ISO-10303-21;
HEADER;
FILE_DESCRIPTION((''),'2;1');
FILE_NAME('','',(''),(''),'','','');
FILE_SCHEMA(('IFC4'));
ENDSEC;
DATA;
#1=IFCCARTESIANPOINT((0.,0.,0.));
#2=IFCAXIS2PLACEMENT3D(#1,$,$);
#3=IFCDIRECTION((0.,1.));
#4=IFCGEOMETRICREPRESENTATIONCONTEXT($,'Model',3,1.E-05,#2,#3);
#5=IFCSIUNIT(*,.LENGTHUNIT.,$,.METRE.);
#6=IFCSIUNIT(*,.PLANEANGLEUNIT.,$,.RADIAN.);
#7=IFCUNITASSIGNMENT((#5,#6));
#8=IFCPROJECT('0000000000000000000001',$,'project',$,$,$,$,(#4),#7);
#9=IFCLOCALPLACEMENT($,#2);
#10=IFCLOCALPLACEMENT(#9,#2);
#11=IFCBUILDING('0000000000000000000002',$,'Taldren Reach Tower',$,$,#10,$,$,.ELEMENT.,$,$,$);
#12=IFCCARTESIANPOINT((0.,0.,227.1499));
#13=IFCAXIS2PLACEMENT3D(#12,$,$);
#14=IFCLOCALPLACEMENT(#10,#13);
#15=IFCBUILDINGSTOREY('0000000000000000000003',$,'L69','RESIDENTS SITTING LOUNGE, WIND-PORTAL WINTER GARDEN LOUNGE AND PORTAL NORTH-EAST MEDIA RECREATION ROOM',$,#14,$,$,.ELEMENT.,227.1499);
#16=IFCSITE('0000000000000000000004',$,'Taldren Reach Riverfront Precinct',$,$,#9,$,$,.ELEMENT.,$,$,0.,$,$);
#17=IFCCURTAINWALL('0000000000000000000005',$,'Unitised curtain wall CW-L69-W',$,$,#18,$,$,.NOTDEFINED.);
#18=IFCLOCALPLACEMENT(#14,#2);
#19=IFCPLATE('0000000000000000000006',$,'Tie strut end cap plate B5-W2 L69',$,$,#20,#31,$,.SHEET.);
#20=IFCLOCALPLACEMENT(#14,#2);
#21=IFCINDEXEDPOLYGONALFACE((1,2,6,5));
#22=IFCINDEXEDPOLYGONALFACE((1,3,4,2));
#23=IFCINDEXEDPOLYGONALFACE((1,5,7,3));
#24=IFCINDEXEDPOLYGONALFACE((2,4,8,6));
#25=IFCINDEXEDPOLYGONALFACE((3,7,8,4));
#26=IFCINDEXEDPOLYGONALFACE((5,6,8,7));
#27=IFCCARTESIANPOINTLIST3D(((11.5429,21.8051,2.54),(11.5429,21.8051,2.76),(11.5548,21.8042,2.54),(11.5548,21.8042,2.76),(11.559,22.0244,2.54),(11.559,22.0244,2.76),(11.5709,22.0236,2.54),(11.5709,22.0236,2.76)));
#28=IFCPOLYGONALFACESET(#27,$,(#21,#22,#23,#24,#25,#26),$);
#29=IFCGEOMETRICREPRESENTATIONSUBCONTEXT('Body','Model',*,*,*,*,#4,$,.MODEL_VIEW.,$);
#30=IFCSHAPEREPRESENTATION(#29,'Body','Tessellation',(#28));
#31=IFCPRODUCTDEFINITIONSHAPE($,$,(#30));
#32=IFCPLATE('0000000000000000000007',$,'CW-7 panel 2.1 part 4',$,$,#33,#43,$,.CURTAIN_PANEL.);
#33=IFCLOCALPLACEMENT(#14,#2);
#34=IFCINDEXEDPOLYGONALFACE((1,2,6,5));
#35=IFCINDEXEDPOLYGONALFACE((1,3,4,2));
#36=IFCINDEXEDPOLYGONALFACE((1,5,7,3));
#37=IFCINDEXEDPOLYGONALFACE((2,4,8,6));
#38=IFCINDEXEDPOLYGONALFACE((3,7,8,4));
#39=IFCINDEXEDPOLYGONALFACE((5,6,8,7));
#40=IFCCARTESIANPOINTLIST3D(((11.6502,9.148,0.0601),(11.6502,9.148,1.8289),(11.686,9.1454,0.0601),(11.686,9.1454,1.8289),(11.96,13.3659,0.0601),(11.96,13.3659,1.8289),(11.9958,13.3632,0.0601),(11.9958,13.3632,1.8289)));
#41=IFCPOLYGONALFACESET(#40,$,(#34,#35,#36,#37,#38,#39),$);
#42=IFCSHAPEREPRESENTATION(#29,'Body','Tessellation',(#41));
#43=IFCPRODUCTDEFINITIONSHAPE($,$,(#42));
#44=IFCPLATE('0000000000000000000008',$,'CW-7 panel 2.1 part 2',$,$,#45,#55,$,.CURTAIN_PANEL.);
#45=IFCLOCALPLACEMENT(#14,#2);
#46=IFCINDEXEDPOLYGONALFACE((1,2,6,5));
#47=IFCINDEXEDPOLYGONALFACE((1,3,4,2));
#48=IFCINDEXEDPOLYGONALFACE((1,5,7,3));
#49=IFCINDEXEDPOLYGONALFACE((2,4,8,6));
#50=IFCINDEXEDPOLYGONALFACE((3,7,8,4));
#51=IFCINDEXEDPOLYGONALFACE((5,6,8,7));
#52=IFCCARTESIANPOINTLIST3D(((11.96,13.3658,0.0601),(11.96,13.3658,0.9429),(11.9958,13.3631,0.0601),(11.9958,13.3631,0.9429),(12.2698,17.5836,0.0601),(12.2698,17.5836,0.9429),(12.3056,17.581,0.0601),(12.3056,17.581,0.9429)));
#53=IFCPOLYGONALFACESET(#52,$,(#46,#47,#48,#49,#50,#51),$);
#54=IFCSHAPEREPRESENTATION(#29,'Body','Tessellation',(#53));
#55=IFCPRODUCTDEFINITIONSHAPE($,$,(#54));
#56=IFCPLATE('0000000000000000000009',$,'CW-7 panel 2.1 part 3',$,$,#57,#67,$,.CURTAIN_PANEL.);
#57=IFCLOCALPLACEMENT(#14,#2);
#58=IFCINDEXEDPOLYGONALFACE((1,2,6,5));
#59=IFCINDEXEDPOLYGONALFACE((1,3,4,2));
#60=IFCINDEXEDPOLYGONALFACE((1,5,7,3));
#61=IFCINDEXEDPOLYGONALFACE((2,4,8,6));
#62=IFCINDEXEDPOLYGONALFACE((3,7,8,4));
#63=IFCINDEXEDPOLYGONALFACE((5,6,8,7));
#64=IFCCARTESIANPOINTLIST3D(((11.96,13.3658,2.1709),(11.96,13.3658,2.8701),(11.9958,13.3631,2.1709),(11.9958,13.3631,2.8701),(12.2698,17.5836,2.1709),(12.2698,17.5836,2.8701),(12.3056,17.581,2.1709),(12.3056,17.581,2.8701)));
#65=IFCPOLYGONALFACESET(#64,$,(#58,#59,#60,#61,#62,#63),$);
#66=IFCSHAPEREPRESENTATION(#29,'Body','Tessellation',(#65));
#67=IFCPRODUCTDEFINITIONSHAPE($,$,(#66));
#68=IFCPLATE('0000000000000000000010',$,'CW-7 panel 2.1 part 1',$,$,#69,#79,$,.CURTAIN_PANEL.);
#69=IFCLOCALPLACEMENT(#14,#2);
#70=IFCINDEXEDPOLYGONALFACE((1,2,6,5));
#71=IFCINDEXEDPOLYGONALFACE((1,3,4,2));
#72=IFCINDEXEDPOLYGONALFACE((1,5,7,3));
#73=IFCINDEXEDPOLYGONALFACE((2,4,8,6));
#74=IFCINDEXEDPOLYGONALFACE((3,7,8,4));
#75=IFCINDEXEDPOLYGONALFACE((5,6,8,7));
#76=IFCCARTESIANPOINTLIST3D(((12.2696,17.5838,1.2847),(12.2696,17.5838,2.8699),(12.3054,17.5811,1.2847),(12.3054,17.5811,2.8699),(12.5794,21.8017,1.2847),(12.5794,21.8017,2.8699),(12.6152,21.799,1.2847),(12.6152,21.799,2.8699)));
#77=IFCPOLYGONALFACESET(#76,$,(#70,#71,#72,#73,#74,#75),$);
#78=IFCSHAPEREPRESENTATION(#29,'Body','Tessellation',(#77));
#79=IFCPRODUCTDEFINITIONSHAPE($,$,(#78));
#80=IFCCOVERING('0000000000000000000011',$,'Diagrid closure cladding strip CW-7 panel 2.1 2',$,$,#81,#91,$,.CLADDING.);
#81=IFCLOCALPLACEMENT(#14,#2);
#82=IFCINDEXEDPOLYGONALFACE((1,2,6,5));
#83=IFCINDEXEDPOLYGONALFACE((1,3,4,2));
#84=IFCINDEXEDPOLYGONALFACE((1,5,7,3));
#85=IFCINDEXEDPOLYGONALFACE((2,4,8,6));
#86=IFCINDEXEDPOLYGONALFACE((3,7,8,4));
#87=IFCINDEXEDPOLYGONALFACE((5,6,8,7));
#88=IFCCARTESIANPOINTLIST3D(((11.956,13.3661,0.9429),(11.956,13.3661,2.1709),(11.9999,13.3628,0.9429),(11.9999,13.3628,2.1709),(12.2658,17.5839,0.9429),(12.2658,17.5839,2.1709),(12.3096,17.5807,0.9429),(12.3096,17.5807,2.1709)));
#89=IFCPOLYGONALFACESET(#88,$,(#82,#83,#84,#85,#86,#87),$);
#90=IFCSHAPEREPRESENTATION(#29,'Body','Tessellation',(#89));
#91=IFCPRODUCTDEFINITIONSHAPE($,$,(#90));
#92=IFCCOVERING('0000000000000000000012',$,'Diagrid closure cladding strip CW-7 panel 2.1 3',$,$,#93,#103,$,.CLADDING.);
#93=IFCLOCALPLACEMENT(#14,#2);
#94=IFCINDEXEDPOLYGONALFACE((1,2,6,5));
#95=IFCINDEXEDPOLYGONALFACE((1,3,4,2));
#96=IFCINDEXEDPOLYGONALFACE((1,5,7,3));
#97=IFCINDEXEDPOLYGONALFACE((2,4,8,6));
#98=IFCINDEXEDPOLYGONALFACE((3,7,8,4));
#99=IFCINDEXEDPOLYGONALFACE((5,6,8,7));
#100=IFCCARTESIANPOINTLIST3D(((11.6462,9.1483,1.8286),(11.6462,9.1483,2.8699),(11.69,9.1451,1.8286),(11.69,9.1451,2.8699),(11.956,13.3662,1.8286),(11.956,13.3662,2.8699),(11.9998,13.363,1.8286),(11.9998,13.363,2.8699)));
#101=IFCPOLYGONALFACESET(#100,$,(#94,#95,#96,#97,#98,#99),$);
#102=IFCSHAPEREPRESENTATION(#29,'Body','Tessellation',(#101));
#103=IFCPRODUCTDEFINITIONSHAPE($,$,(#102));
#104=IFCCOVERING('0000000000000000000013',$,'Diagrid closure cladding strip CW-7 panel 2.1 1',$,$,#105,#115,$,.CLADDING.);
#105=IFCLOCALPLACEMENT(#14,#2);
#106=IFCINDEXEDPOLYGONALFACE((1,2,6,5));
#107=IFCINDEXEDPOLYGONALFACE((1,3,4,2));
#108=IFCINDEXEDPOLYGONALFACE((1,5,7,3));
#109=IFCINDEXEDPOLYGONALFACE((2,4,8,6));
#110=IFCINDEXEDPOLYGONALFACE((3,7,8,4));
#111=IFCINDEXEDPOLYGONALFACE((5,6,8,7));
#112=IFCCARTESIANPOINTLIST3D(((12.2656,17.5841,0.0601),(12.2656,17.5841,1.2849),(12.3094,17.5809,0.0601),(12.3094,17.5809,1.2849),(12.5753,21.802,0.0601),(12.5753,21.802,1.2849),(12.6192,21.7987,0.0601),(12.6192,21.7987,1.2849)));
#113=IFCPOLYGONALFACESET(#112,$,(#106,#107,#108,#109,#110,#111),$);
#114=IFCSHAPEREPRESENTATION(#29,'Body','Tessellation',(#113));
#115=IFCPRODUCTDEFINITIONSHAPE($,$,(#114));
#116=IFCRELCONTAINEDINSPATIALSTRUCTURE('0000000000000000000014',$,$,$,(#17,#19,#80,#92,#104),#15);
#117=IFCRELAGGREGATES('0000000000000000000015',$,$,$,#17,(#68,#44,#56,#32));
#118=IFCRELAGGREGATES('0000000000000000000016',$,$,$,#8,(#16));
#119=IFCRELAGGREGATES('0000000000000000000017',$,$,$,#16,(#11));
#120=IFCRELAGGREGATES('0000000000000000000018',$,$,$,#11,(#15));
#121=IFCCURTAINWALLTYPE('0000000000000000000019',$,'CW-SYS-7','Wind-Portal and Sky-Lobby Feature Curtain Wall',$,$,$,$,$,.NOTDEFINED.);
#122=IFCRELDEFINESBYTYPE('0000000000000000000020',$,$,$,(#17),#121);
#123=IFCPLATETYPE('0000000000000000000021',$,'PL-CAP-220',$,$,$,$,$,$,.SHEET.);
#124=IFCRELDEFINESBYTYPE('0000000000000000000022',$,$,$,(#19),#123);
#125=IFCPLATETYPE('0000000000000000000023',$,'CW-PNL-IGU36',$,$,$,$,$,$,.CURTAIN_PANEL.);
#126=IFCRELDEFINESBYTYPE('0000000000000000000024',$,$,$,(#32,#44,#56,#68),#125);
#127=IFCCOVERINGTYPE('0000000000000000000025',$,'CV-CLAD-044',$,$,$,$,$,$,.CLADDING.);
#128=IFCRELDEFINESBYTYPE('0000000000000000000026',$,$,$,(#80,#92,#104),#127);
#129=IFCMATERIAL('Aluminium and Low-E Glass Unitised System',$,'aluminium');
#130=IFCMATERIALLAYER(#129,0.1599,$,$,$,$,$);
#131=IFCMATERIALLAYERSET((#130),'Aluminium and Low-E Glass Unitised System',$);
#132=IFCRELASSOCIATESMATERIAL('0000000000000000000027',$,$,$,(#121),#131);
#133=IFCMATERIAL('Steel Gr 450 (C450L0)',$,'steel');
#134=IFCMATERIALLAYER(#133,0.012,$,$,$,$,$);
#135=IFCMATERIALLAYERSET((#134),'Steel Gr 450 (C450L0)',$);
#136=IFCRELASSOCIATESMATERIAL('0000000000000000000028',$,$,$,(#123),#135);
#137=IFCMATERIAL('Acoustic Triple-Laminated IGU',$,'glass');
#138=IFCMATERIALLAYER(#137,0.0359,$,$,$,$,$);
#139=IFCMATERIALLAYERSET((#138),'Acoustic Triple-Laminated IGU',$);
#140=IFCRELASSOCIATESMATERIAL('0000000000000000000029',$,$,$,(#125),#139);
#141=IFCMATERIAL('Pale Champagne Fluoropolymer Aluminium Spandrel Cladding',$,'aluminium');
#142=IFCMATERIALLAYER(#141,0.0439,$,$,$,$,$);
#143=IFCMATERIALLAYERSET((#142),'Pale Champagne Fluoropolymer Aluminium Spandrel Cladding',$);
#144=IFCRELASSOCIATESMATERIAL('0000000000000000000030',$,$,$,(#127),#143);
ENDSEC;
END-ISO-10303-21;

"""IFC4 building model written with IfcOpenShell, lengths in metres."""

from ifc_helpers import new_model, si_unit, direction, frame, origin, origin_2d, place, context, subcontext, project, spatial, rectangle, extrude, source, transform, mapped, material, layer, layer_set, type_object, element, aggregate, save


model = new_model("IFC4")

# Units and contexts
model_context = context("Model", 3, precision=1e-05, world=origin(), true_north=direction((0.0, 1.0)))
body_context = subcontext(model_context, "Body", "Model", "MODEL_VIEW")
ifc_project = project(units=[si_unit("LENGTHUNIT", "METRE"), si_unit("PLANEANGLEUNIT", "RADIAN")], contexts=[model_context])

# Site, building, storey
site_placement = place(None, origin())
site = spatial("IfcSite", under=ifc_project, at=site_placement, Name="Taldren Reach Riverfront Precinct", CompositionType="ELEMENT", RefElevation=0.0)
building_placement = place(site_placement, origin())
building = spatial("IfcBuilding", under=site, at=building_placement, Name="Taldren Reach Tower", CompositionType="ELEMENT")
storey_placement = place(building_placement, frame((0.0, 0.0, 227.1499)))
storey = spatial("IfcBuildingStorey", under=building, at=storey_placement, Name="L69", Description="RESIDENTS SITTING LOUNGE, WIND-PORTAL WINTER GARDEN LOUNGE AND PORTAL NORTH-EAST MEDIA RECREATION ROOM", CompositionType="ELEMENT", Elevation=227.1499)

# Shared definitions
ifc_material_1 = material(Name="Steel Gr 450 (C450L0)", Category="steel")

# Curtain wall
ifc_material_2 = material(Name="Aluminium and Low-E Glass Unitised System", Category="aluminium")
ifc_layer_1 = layer(ifc_material_2, 0.1599)
ifc_layer_set_1 = layer_set([ifc_layer_1], Name="Aluminium and Low-E Glass Unitised System")
curtain_wall_type = type_object("IfcCurtainWallType", Name="CW-SYS-7", Description="Wind-Portal and Sky-Lobby Feature Curtain Wall", PredefinedType="NOTDEFINED", material=ifc_layer_set_1)
curtain_wall_placement = place(storey_placement, origin())
curtain_wall = element("IfcCurtainWall", 1, at=curtain_wall_placement, inside=storey, type_object=curtain_wall_type, Name="Unitised curtain wall CW-L69-W", PredefinedType="NOTDEFINED")

# Plate
ifc_layer_2 = layer(ifc_material_1, 0.012)
ifc_layer_set_2 = layer_set([ifc_layer_2], Name="Steel Gr 450 (C450L0)")
plate_type_1 = type_object("IfcPlateType", Name="PL-CAP-220", PredefinedType="SHEET", material=ifc_layer_set_2)
shared_shape_1 = source(origin(), body_context, "Body", "SweptSolid", [
    extrude(rectangle(XDim=0.012, YDim=0.22, at=origin_2d()), origin(), (0.0, 0.0, 1.0), 0.22),
])
plate_1_placement = place(storey_placement, frame((11.5569, 21.9143, 2.54), z_axis=(0.0, 0.0, 1.0), x_axis=(0.997314, -0.073238, 0.0)))
element("IfcPlate", 2, at=plate_1_placement, inside=storey, type_object=plate_type_1, Name="Tie strut end cap plate B5-W2 L69", PredefinedType="SHEET", context=body_context, shape_type="MappedRepresentation", body=[
    mapped(shared_shape_1, transform((0.0, 0.0, 0.0), scale=1.0)),
])

# Plates
ifc_material_3 = material(Name="Acoustic Triple-Laminated IGU", Category="glass")
ifc_layer_3 = layer(ifc_material_3, 0.0359)
ifc_layer_set_3 = layer_set([ifc_layer_3], Name="Acoustic Triple-Laminated IGU")
plate_type_2 = type_object("IfcPlateType", Name="CW-PNL-IGU36", PredefinedType="CURTAIN_PANEL", material=ifc_layer_set_3)
shared_shape_2 = source(origin(), body_context, "Body", "SweptSolid", [
    extrude(rectangle(XDim=4.2292, YDim=0.0359, at=origin_2d()), origin(), (0.0, 0.0, 1.0), 1.7688),
])
plate_2_placement = place(storey_placement, frame((11.823, 11.2556, 0.0601), z_axis=(0.0, 0.0, 1.0), x_axis=(-0.073238, -0.997314, 0.0)))
plate_2 = element("IfcPlate", 3, at=plate_2_placement, type_object=plate_type_2, Name="CW-7 panel 2.1 part 4", PredefinedType="CURTAIN_PANEL", context=body_context, shape_type="MappedRepresentation", body=[
    mapped(shared_shape_2, transform((0.0, 0.0, 0.0), scale=1.0)),
])
shared_shape_3 = source(origin(), body_context, "Body", "SweptSolid", [
    extrude(rectangle(XDim=4.2292, YDim=0.0359, at=origin_2d()), origin(), (0.0, 0.0, 1.0), 0.8828),
])
plate_3_placement = place(storey_placement, frame((12.1328, 15.4734, 0.0601), z_axis=(0.0, 0.0, 1.0), x_axis=(-0.073238, -0.997314, 0.0)))
plate_3 = element("IfcPlate", 4, at=plate_3_placement, type_object=plate_type_2, Name="CW-7 panel 2.1 part 2", PredefinedType="CURTAIN_PANEL", context=body_context, shape_type="MappedRepresentation", body=[
    mapped(shared_shape_3, transform((0.0, 0.0, 0.0), scale=1.0)),
])
shared_shape_4 = source(origin(), body_context, "Body", "SweptSolid", [
    extrude(rectangle(XDim=4.2292, YDim=0.0359, at=origin_2d()), origin(), (0.0, 0.0, 1.0), 0.6992),
])
plate_4_placement = place(storey_placement, frame((12.1328, 15.4734, 2.1709), z_axis=(0.0, 0.0, 1.0), x_axis=(-0.073238, -0.997314, 0.0)))
plate_4 = element("IfcPlate", 5, at=plate_4_placement, type_object=plate_type_2, Name="CW-7 panel 2.1 part 3", PredefinedType="CURTAIN_PANEL", context=body_context, shape_type="MappedRepresentation", body=[
    mapped(shared_shape_4, transform((0.0, 0.0, 0.0), scale=1.0)),
])
shared_shape_5 = source(origin(), body_context, "Body", "SweptSolid", [
    extrude(rectangle(XDim=4.2292, YDim=0.0359, at=origin_2d()), origin(), (0.0, 0.0, 1.0), 1.5852),
])
plate_5_placement = place(storey_placement, frame((12.4424, 19.6914, 1.2847), z_axis=(0.0, 0.0, 1.0), x_axis=(-0.073238, -0.997314, 0.0)))
plate_5 = element("IfcPlate", 6, at=plate_5_placement, type_object=plate_type_2, Name="CW-7 panel 2.1 part 1", PredefinedType="CURTAIN_PANEL", context=body_context, shape_type="MappedRepresentation", body=[
    mapped(shared_shape_5, transform((0.0, 0.0, 0.0), scale=1.0)),
])
aggregate(curtain_wall, [plate_5, plate_3, plate_4, plate_2])

# Coverings
ifc_material_4 = material(Name="Pale Champagne Fluoropolymer Aluminium Spandrel Cladding", Category="aluminium")
ifc_layer_4 = layer(ifc_material_4, 0.0439)
ifc_layer_set_4 = layer_set([ifc_layer_4], Name="Pale Champagne Fluoropolymer Aluminium Spandrel Cladding")
covering_type = type_object("IfcCoveringType", Name="CV-CLAD-044", PredefinedType="CLADDING", material=ifc_layer_set_4)
shared_shape_6 = source(origin(), body_context, "Body", "SweptSolid", [
    extrude(rectangle(XDim=4.2292, YDim=0.0439, at=origin_2d()), origin(), (0.0, 0.0, 1.0), 1.228),
])
covering_1_placement = place(storey_placement, frame((12.1328, 15.4734, 0.9429), z_axis=(0.0, 0.0, 1.0), x_axis=(-0.073238, -0.997314, 0.0)))
element("IfcCovering", 7, at=covering_1_placement, inside=storey, type_object=covering_type, Name="Diagrid closure cladding strip CW-7 panel 2.1 2", PredefinedType="CLADDING", context=body_context, shape_type="MappedRepresentation", body=[
    mapped(shared_shape_6, transform((0.0, 0.0, 0.0), scale=1.0)),
])
shared_shape_7 = source(origin(), body_context, "Body", "SweptSolid", [
    extrude(rectangle(XDim=4.2292, YDim=0.0439, at=origin_2d()), origin(), (0.0, 0.0, 1.0), 1.0413),
])
covering_2_placement = place(storey_placement, frame((11.823, 11.2556, 1.8286), z_axis=(0.0, 0.0, 1.0), x_axis=(-0.073238, -0.997314, 0.0)))
element("IfcCovering", 8, at=covering_2_placement, inside=storey, type_object=covering_type, Name="Diagrid closure cladding strip CW-7 panel 2.1 3", PredefinedType="CLADDING", context=body_context, shape_type="MappedRepresentation", body=[
    mapped(shared_shape_7, transform((0.0, 0.0, 0.0), scale=1.0)),
])
shared_shape_8 = source(origin(), body_context, "Body", "SweptSolid", [
    extrude(rectangle(XDim=4.2292, YDim=0.0439, at=origin_2d()), origin(), (0.0, 0.0, 1.0), 1.2249),
])
covering_3_placement = place(storey_placement, frame((12.4424, 19.6914, 0.0601), z_axis=(0.0, 0.0, 1.0), x_axis=(-0.073238, -0.997314, 0.0)))
element("IfcCovering", 9, at=covering_3_placement, inside=storey, type_object=covering_type, Name="Diagrid closure cladding strip CW-7 panel 2.1 1", PredefinedType="CLADDING", context=body_context, shape_type="MappedRepresentation", body=[
    mapped(shared_shape_8, transform((0.0, 0.0, 0.0), scale=1.0)),
])

save(model, "model.ifc")
